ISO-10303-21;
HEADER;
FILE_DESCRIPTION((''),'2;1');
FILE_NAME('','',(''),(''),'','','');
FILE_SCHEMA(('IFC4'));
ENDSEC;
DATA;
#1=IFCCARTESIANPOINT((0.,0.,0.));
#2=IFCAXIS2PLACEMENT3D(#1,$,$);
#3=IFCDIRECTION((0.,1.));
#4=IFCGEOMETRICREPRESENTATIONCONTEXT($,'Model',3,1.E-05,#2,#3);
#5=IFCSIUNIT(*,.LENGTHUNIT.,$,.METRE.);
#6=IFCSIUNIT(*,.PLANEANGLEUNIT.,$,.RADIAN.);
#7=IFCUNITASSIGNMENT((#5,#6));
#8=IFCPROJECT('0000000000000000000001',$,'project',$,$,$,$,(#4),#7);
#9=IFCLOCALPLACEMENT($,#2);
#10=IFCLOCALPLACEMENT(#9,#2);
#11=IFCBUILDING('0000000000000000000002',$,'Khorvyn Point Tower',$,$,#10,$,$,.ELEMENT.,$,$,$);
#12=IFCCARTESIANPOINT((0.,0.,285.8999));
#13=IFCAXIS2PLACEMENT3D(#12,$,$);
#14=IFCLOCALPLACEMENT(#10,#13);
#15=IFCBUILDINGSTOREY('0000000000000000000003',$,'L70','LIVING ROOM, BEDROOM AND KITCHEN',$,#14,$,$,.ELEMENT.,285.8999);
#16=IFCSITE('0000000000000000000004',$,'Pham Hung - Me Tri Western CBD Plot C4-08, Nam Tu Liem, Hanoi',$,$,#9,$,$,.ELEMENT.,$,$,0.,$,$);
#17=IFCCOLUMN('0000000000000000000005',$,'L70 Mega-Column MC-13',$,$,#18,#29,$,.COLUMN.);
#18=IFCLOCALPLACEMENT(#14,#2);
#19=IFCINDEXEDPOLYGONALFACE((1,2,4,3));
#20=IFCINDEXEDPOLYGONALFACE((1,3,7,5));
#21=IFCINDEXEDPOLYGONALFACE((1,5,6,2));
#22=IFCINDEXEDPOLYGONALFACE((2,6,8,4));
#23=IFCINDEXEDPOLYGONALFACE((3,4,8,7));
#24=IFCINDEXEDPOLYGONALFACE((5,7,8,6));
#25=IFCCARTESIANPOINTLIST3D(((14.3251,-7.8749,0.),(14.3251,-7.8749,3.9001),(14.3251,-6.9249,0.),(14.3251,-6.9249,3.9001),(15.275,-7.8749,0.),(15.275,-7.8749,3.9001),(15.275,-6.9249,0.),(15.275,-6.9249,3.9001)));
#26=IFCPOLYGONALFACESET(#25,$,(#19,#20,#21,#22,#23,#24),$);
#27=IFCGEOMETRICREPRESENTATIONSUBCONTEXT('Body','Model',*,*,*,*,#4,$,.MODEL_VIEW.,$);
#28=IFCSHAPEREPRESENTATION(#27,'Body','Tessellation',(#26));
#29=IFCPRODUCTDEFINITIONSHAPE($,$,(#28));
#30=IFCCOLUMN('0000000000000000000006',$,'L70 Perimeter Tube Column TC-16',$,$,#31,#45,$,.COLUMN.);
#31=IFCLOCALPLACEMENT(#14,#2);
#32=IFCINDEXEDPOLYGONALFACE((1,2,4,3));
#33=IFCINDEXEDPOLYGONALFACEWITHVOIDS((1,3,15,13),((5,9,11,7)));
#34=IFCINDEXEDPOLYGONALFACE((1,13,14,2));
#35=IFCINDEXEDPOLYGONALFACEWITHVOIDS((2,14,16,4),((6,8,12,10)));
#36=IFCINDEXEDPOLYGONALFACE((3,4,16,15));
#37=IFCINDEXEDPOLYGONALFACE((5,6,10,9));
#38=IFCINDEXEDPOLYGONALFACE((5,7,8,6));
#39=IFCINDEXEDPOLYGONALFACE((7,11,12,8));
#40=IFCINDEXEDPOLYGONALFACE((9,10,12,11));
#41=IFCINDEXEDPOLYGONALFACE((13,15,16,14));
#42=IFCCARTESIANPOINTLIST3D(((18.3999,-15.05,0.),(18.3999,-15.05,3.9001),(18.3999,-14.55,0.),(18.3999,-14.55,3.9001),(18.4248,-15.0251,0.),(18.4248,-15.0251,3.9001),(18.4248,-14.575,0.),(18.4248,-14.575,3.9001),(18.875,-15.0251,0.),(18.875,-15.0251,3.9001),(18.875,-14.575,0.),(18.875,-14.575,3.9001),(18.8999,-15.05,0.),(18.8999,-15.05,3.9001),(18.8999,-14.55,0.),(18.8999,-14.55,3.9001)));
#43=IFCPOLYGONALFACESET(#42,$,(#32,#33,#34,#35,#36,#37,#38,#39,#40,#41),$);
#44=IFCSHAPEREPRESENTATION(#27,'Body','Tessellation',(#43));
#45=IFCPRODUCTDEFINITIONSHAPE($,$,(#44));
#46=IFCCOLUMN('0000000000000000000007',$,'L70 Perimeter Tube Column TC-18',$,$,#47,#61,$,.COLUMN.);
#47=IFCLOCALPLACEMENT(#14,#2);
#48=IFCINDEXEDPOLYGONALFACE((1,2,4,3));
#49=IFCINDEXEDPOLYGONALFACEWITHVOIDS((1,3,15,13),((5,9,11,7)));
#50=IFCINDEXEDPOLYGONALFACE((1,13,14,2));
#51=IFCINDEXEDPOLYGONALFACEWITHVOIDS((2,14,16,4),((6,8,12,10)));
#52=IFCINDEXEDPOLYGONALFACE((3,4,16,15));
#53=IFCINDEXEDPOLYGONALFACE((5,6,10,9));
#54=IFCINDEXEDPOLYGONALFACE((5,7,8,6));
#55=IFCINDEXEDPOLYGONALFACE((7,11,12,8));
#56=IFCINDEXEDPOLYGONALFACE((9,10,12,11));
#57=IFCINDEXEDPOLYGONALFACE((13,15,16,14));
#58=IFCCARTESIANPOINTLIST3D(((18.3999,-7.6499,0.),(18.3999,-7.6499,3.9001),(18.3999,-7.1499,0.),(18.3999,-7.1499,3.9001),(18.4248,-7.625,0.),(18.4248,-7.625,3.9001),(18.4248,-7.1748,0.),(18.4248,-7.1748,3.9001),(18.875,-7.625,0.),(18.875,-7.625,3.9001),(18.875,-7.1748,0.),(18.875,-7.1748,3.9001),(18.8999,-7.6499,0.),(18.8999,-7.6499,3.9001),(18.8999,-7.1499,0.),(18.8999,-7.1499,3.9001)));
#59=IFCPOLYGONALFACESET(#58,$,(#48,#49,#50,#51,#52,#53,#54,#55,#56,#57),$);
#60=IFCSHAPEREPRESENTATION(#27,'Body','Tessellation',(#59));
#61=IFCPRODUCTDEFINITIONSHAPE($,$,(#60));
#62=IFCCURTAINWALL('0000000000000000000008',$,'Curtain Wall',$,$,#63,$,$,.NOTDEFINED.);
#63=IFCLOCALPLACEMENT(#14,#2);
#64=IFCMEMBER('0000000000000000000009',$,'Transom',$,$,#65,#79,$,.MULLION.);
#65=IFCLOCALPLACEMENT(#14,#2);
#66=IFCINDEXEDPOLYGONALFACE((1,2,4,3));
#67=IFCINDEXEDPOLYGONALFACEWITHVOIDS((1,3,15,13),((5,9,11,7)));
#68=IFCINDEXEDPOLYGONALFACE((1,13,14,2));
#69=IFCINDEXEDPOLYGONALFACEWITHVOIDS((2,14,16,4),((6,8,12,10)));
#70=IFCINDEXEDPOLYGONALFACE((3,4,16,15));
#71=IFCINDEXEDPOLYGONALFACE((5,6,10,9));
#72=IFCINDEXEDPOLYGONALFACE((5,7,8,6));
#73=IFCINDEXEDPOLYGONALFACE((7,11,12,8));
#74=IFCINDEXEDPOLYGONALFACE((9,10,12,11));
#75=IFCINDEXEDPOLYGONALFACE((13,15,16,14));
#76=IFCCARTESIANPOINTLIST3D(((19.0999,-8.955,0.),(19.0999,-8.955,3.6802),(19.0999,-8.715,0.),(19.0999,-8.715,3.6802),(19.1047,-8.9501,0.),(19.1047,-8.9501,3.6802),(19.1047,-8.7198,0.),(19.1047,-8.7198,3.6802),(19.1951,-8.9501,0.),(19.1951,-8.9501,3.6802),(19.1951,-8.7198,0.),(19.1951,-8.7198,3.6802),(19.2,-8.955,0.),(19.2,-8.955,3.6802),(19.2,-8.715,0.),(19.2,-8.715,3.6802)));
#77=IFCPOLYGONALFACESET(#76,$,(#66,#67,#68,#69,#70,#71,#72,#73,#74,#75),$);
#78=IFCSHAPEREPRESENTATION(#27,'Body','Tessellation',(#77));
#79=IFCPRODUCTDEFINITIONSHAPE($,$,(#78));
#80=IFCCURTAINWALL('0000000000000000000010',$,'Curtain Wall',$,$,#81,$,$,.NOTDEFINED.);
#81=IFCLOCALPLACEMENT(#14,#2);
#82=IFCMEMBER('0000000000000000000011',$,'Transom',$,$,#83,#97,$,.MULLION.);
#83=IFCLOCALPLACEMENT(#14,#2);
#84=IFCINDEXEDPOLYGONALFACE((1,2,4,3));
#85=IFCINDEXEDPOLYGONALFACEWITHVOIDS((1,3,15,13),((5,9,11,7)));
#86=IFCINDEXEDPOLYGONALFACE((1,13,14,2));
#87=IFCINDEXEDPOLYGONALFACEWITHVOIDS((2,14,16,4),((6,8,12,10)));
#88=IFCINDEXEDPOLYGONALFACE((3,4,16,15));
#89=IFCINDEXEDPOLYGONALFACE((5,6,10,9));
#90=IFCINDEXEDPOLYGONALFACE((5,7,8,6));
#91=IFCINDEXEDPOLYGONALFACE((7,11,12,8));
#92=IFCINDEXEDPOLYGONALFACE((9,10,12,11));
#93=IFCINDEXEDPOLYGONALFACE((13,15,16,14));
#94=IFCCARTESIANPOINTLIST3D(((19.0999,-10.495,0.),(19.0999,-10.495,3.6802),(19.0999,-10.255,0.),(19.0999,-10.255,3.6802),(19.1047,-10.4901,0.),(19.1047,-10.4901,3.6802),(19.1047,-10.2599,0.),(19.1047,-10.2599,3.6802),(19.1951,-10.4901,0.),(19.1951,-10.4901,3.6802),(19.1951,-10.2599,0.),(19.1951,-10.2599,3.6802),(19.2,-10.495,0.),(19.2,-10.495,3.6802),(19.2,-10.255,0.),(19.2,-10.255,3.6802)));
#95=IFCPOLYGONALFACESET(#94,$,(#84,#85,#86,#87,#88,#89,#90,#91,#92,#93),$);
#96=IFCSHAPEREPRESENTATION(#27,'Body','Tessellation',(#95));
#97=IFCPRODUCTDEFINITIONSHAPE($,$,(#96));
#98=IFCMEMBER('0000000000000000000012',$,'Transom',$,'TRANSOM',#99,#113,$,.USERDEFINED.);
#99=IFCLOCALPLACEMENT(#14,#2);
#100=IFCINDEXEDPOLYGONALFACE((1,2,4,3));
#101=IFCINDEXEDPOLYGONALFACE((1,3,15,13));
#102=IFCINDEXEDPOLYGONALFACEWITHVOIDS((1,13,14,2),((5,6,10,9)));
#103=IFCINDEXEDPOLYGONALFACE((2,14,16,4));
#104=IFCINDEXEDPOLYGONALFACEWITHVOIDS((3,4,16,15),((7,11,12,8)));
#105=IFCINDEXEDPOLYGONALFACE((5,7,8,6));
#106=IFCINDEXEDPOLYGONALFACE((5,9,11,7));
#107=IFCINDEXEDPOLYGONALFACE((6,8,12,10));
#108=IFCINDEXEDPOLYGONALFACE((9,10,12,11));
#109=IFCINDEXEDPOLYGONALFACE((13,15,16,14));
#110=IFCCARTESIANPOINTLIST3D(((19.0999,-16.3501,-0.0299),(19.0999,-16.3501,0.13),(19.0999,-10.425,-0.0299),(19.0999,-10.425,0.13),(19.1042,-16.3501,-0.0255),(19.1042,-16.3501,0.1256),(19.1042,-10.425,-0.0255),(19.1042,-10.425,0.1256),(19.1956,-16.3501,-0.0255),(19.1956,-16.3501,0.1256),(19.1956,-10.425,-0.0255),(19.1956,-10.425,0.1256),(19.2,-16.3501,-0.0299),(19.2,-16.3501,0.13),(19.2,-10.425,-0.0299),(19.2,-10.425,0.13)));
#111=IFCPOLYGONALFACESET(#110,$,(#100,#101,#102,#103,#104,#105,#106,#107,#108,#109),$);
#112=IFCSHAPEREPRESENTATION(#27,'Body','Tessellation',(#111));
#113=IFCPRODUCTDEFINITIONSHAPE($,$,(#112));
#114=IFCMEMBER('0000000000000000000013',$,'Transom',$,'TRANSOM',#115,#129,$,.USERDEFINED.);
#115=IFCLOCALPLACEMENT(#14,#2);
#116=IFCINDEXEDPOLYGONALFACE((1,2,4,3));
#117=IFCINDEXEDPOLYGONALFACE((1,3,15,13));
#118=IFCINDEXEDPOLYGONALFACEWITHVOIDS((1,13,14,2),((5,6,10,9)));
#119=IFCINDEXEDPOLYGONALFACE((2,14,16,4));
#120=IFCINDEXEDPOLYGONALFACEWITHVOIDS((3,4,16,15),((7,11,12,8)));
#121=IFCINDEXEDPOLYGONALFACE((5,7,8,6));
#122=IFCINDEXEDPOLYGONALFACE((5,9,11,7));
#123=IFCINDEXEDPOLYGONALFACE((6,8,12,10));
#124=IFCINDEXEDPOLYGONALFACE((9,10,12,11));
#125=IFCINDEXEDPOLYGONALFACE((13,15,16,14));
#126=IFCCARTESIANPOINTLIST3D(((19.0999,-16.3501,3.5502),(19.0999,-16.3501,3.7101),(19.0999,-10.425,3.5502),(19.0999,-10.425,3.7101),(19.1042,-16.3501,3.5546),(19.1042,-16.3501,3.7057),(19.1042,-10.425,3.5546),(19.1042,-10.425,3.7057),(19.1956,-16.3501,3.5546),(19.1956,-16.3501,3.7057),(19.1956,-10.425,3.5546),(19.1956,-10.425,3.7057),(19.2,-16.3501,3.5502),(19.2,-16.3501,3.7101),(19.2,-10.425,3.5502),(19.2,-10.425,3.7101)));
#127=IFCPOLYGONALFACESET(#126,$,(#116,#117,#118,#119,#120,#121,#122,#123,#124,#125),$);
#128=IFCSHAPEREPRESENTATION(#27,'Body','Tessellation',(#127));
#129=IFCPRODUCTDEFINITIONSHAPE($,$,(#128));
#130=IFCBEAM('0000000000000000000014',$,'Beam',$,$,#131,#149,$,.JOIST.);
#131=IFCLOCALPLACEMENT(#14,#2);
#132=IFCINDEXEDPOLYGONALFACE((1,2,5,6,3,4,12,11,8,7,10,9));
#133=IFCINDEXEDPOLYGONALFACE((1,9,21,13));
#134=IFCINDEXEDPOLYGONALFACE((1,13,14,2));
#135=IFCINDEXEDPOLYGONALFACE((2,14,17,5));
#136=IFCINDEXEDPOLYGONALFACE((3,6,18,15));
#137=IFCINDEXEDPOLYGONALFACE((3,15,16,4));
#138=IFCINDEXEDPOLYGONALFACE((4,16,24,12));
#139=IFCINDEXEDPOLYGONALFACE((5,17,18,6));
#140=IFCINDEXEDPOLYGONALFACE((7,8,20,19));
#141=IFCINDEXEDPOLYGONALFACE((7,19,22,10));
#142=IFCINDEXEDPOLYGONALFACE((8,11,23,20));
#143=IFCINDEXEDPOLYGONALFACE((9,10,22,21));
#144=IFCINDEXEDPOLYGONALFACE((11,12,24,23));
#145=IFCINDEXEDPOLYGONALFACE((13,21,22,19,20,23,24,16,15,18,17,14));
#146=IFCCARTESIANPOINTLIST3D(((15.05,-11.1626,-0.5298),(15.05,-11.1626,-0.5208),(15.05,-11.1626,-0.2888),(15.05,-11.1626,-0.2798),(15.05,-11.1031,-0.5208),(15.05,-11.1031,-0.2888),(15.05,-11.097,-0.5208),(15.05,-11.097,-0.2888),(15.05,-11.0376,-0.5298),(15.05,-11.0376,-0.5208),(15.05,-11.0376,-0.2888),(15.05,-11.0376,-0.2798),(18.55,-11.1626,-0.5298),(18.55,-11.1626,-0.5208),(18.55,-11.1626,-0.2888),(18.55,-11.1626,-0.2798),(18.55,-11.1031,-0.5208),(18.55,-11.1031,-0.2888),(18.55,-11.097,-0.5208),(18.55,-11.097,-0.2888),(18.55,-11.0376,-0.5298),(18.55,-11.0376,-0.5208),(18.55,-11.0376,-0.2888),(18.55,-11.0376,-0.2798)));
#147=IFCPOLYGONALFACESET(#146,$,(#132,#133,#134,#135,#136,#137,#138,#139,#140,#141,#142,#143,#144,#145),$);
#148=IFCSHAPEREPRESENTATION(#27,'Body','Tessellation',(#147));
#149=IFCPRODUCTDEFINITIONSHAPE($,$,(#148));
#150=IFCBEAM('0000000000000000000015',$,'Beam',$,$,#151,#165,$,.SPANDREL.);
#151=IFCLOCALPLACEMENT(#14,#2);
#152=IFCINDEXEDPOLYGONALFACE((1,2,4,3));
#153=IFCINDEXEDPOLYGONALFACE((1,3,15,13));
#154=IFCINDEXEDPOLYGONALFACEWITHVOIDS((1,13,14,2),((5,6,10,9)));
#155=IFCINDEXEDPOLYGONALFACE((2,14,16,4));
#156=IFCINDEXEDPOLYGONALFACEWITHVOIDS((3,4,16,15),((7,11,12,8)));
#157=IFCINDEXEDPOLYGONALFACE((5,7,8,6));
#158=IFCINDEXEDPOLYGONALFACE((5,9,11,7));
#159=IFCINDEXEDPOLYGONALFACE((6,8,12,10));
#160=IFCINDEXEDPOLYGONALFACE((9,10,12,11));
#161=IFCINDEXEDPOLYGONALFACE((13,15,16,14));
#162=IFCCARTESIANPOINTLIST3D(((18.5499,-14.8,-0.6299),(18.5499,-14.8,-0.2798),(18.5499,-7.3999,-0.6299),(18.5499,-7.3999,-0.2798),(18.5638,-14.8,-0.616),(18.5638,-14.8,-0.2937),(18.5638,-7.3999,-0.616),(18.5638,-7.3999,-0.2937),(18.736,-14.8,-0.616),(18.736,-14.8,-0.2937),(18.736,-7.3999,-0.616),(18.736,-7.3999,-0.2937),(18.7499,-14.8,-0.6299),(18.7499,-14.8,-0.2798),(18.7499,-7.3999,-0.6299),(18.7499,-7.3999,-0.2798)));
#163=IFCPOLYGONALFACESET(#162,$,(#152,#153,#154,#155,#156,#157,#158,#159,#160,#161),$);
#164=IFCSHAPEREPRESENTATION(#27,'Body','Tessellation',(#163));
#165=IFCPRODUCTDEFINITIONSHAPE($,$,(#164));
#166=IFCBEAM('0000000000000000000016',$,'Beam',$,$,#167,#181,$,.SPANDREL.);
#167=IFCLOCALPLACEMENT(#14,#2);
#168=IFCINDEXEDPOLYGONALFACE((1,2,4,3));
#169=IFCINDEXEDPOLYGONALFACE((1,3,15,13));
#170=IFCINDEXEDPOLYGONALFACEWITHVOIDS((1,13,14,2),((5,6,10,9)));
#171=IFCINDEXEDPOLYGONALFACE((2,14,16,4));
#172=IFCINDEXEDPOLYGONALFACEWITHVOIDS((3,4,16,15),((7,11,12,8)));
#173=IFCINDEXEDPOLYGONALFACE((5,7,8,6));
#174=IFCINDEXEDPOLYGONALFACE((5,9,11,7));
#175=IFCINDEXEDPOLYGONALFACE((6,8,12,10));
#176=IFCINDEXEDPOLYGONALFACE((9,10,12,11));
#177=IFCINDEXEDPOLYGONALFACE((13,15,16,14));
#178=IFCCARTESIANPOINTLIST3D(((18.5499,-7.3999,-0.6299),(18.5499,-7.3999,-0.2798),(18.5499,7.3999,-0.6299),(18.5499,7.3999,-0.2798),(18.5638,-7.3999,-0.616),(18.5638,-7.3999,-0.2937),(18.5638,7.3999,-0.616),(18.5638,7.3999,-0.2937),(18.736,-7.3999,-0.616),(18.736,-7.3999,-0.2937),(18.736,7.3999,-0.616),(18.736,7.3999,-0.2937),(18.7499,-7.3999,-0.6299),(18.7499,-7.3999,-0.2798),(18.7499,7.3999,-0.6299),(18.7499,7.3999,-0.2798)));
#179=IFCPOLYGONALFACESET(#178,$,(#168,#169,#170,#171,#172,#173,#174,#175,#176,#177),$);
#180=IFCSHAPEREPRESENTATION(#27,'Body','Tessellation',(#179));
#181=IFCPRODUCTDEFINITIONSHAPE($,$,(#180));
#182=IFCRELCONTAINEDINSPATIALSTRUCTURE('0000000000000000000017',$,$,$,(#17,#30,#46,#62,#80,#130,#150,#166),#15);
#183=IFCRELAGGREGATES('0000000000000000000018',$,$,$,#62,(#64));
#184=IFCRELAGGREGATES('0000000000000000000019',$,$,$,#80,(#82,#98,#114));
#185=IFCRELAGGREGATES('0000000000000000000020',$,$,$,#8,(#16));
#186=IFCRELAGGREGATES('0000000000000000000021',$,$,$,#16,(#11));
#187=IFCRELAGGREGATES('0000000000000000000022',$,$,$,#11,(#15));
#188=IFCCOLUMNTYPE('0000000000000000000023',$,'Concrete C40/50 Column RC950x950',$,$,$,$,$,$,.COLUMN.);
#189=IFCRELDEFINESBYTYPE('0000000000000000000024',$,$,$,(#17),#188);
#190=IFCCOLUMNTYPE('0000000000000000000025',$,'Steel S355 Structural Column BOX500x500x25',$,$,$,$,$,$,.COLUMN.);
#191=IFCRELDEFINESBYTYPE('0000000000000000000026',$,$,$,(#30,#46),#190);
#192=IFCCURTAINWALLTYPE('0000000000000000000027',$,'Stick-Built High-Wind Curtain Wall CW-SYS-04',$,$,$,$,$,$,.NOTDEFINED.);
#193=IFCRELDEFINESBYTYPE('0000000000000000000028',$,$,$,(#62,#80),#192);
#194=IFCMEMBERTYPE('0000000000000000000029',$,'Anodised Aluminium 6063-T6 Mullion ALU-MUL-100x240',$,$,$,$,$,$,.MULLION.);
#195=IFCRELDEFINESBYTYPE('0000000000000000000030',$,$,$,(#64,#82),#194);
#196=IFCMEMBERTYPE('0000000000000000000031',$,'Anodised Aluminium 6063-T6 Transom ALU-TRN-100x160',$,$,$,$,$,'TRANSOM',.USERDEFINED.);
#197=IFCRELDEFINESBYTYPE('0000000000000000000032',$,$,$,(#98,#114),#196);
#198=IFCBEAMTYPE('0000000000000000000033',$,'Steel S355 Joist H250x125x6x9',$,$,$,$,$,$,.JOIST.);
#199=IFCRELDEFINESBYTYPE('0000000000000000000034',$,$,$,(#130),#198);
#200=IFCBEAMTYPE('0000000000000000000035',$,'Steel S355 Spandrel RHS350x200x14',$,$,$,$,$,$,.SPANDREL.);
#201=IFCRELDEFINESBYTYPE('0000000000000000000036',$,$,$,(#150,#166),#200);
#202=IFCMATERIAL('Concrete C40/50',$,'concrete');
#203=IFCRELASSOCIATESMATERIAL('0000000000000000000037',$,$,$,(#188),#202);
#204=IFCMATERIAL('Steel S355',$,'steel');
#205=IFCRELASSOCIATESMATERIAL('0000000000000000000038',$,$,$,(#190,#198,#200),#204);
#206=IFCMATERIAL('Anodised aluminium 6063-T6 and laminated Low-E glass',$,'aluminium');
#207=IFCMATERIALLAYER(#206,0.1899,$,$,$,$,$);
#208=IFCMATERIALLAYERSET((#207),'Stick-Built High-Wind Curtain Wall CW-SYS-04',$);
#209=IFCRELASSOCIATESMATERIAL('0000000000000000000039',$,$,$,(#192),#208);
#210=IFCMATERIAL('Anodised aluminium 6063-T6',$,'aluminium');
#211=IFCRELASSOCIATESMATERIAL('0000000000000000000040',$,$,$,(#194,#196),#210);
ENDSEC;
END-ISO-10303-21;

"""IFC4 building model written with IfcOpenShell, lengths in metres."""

from ifc_helpers import new_model, si_unit, direction, frame, origin, origin_2d, place, context, subcontext, project, spatial, rectangle, hollow_rectangle, i_section, extrude, material, layer, layer_set, material_profile, profile_set, type_object, element, aggregate, save


model = new_model("IFC4")

# Units and contexts
model_context = context("Model", 3, precision=1e-05, world=origin(), true_north=direction((0.0, 1.0)))
body_context = subcontext(model_context, "Body", "Model", "MODEL_VIEW")
ifc_project = project(units=[si_unit("LENGTHUNIT", "METRE"), si_unit("PLANEANGLEUNIT", "RADIAN")], contexts=[model_context])

# Site, building, storey
site_placement = place(None, origin())
site = spatial("IfcSite", under=ifc_project, at=site_placement, Name="Pham Hung - Me Tri Western CBD Plot C4-08, Nam Tu Liem, Hanoi", CompositionType="ELEMENT", RefElevation=0.0)
building_placement = place(site_placement, origin())
building = spatial("IfcBuilding", under=site, at=building_placement, Name="Khorvyn Point Tower", CompositionType="ELEMENT")
storey_placement = place(building_placement, frame((0.0, 0.0, 285.8999)))
storey = spatial("IfcBuildingStorey", under=building, at=storey_placement, Name="L70", Description="LIVING ROOM, BEDROOM AND KITCHEN", CompositionType="ELEMENT", Elevation=285.8999)

# Columns
ifc_material_1 = material(Name="Concrete C40/50", Category="concrete")
ifc_material_profile_1 = material_profile(ifc_material_1, rectangle(XDim=0.95, YDim=0.95, at=origin_2d()))
ifc_profile_set_1 = profile_set([ifc_material_profile_1], Name="Concrete C40/50 RC950x950")
column_type_1 = type_object("IfcColumnType", Name="Concrete C40/50 Column RC950x950", PredefinedType="COLUMN", material=ifc_profile_set_1)
column_placement = place(storey_placement, frame((14.8, -7.3999, 0.0), z_axis=(0.0, 0.0, 1.0), x_axis=(1.0, 0.0, 0.0)))
element("IfcColumn", 1, at=column_placement, inside=storey, type_object=column_type_1, Name="L70 Mega-Column MC-13", PredefinedType="COLUMN", context=body_context, shape_type="SweptSolid", body=[
    extrude(rectangle(XDim=0.95, YDim=0.95, at=origin_2d()), origin(), (0.0, 0.0, 1.0), 3.9001),
])
ifc_material_2 = material(Name="Steel S355", Category="steel")
ifc_material_profile_2 = material_profile(ifc_material_2, hollow_rectangle(XDim=0.5, YDim=0.5, WallThickness=0.0249, at=origin_2d()))
ifc_profile_set_2 = profile_set([ifc_material_profile_2], Name="Steel S355 BOX500x500x25")
column_type_2 = type_object("IfcColumnType", Name="Steel S355 Structural Column BOX500x500x25", PredefinedType="COLUMN", material=ifc_profile_set_2)
for number, where, z_axis, x_axis, name in (
    (2, (18.6499, -14.8, 0.0), (0.0, 0.0, 1.0), (1.0, 0.0, 0.0), "L70 Perimeter Tube Column TC-16"),
    (3, (18.6499, -7.3999, 0.0), (0.0, 0.0, 1.0), (1.0, 0.0, 0.0), "L70 Perimeter Tube Column TC-18"),
):
    element("IfcColumn", number, at=place(storey_placement, frame(where, z_axis=z_axis, x_axis=x_axis)), inside=storey, type_object=column_type_2, Name=name, PredefinedType="COLUMN", context=body_context, shape_type="SweptSolid", body=[
        extrude(hollow_rectangle(XDim=0.5, YDim=0.5, WallThickness=0.0249, at=origin_2d()), origin(), (0.0, 0.0, 1.0), 3.9001),
    ])

# Curtain wall, member
ifc_material_3 = material(Name="Anodised aluminium 6063-T6 and laminated Low-E glass", Category="aluminium")
ifc_layer_1 = layer(ifc_material_3, 0.1899)
ifc_layer_set_1 = layer_set([ifc_layer_1], Name="Stick-Built High-Wind Curtain Wall CW-SYS-04")
curtain_wall_type = type_object("IfcCurtainWallType", Name="Stick-Built High-Wind Curtain Wall CW-SYS-04", PredefinedType="NOTDEFINED", material=ifc_layer_set_1)
curtain_wall_1_placement = place(storey_placement, origin())
curtain_wall_1 = element("IfcCurtainWall", 4, at=curtain_wall_1_placement, inside=storey, type_object=curtain_wall_type, Name="Curtain Wall", PredefinedType="NOTDEFINED")
ifc_material_4 = material(Name="Anodised aluminium 6063-T6", Category="aluminium")
ifc_material_profile_3 = material_profile(ifc_material_4, hollow_rectangle(XDim=0.1001, YDim=0.24, WallThickness=0.0049, at=origin_2d()))
ifc_profile_set_3 = profile_set([ifc_material_profile_3], Name="Anodised aluminium 6063-T6 ALU-MUL-100x240")
member_type_1 = type_object("IfcMemberType", Name="Anodised Aluminium 6063-T6 Mullion ALU-MUL-100x240", PredefinedType="MULLION", material=ifc_profile_set_3)
member_1_placement = place(storey_placement, frame((19.1499, -8.835, 0.0), z_axis=(0.0, 0.0, 1.0), x_axis=(1.0, 0.0, 0.0)))
member_1 = element("IfcMember", 5, at=member_1_placement, type_object=member_type_1, Name="Transom", PredefinedType="MULLION", context=body_context, shape_type="SweptSolid", body=[
    extrude(hollow_rectangle(XDim=0.1001, YDim=0.24, WallThickness=0.0049, at=origin_2d()), origin(), (0.0, 0.0, 1.0), 3.6802),
])
aggregate(curtain_wall_1, [member_1])

# Curtain wall, members
curtain_wall_2_placement = place(storey_placement, origin())
curtain_wall_2 = element("IfcCurtainWall", 6, at=curtain_wall_2_placement, inside=storey, type_object=curtain_wall_type, Name="Curtain Wall", PredefinedType="NOTDEFINED")
member_2_placement = place(storey_placement, frame((19.1499, -10.375, 0.0), z_axis=(0.0, 0.0, 1.0), x_axis=(1.0, 0.0, 0.0)))
member_2 = element("IfcMember", 7, at=member_2_placement, type_object=member_type_1, Name="Transom", PredefinedType="MULLION", context=body_context, shape_type="SweptSolid", body=[
    extrude(hollow_rectangle(XDim=0.1001, YDim=0.24, WallThickness=0.0049, at=origin_2d()), origin(), (0.0, 0.0, 1.0), 3.6802),
])
ifc_material_profile_4 = material_profile(ifc_material_4, hollow_rectangle(XDim=0.1001, YDim=0.1599, WallThickness=0.0044, at=origin_2d()))
ifc_profile_set_4 = profile_set([ifc_material_profile_4], Name="Anodised aluminium 6063-T6 ALU-TRN-100x160")
member_type_2 = type_object("IfcMemberType", Name="Anodised Aluminium 6063-T6 Transom ALU-TRN-100x160", ElementType="TRANSOM", PredefinedType="USERDEFINED", material=ifc_profile_set_4)
member_3_placement = place(storey_placement, frame((19.1499, -10.425, 0.05), z_axis=(0.0, -1.0, 0.0), x_axis=(1.0, 0.0, 0.0)))
member_3 = element("IfcMember", 8, at=member_3_placement, type_object=member_type_2, Name="Transom", ObjectType="TRANSOM", PredefinedType="USERDEFINED", context=body_context, shape_type="SweptSolid", body=[
    extrude(hollow_rectangle(XDim=0.1001, YDim=0.1599, WallThickness=0.0044, at=origin_2d()), origin(), (0.0, 0.0, 1.0), 5.925),
])
member_4_placement = place(storey_placement, frame((19.1499, -10.425, 3.6301), z_axis=(0.0, -1.0, 0.0), x_axis=(1.0, 0.0, 0.0)))
member_4 = element("IfcMember", 9, at=member_4_placement, type_object=member_type_2, Name="Transom", ObjectType="TRANSOM", PredefinedType="USERDEFINED", context=body_context, shape_type="SweptSolid", body=[
    extrude(hollow_rectangle(XDim=0.1001, YDim=0.1599, WallThickness=0.0044, at=origin_2d()), origin(), (0.0, 0.0, 1.0), 5.925),
])

# Beams
ifc_material_profile_5 = material_profile(ifc_material_2, i_section(OverallWidth=0.125, OverallDepth=0.25, WebThickness=0.0061, FlangeThickness=0.009, at=origin_2d()))
ifc_profile_set_5 = profile_set([ifc_material_profile_5], Name="Steel S355 H250x125x6x9")
beam_type_1 = type_object("IfcBeamType", Name="Steel S355 Joist H250x125x6x9", PredefinedType="JOIST", material=ifc_profile_set_5)
beam_1_placement = place(storey_placement, frame((15.05, -11.1001, -0.4048), z_axis=(1.0, 0.0, 0.0), x_axis=(0.0, 1.0, 0.0)))
element("IfcBeam", 10, at=beam_1_placement, inside=storey, type_object=beam_type_1, Name="Beam", PredefinedType="JOIST", context=body_context, shape_type="SweptSolid", body=[
    extrude(i_section(OverallWidth=0.125, OverallDepth=0.25, WebThickness=0.0061, FlangeThickness=0.009, at=origin_2d()), origin(), (0.0, 0.0, 1.0), 3.5),
])
ifc_material_profile_6 = material_profile(ifc_material_2, hollow_rectangle(XDim=0.2, YDim=0.3501, WallThickness=0.0139, at=origin_2d()))
ifc_profile_set_6 = profile_set([ifc_material_profile_6], Name="Steel S355 RHS350x200x14")
beam_type_2 = type_object("IfcBeamType", Name="Steel S355 Spandrel RHS350x200x14", PredefinedType="SPANDREL", material=ifc_profile_set_6)
beam_2_placement = place(storey_placement, frame((18.6499, -14.8, -0.4548), z_axis=(0.0, 1.0, 0.0), x_axis=(-1.0, 0.0, 0.0)))
element("IfcBeam", 11, at=beam_2_placement, inside=storey, type_object=beam_type_2, Name="Beam", PredefinedType="SPANDREL", context=body_context, shape_type="SweptSolid", body=[
    extrude(hollow_rectangle(XDim=0.2, YDim=0.3501, WallThickness=0.0139, at=origin_2d()), origin(), (0.0, 0.0, 1.0), 7.4001),
])
beam_3_placement = place(storey_placement, frame((18.6499, -7.3999, -0.4548), z_axis=(0.0, 1.0, 0.0), x_axis=(-1.0, 0.0, 0.0)))
element("IfcBeam", 12, at=beam_3_placement, inside=storey, type_object=beam_type_2, Name="Beam", PredefinedType="SPANDREL", context=body_context, shape_type="SweptSolid", body=[
    extrude(hollow_rectangle(XDim=0.2, YDim=0.3501, WallThickness=0.0139, at=origin_2d()), origin(), (0.0, 0.0, 1.0), 14.7998),
])

aggregate(curtain_wall_2, [member_2, member_3, member_4])

save(model, "model.ifc")
